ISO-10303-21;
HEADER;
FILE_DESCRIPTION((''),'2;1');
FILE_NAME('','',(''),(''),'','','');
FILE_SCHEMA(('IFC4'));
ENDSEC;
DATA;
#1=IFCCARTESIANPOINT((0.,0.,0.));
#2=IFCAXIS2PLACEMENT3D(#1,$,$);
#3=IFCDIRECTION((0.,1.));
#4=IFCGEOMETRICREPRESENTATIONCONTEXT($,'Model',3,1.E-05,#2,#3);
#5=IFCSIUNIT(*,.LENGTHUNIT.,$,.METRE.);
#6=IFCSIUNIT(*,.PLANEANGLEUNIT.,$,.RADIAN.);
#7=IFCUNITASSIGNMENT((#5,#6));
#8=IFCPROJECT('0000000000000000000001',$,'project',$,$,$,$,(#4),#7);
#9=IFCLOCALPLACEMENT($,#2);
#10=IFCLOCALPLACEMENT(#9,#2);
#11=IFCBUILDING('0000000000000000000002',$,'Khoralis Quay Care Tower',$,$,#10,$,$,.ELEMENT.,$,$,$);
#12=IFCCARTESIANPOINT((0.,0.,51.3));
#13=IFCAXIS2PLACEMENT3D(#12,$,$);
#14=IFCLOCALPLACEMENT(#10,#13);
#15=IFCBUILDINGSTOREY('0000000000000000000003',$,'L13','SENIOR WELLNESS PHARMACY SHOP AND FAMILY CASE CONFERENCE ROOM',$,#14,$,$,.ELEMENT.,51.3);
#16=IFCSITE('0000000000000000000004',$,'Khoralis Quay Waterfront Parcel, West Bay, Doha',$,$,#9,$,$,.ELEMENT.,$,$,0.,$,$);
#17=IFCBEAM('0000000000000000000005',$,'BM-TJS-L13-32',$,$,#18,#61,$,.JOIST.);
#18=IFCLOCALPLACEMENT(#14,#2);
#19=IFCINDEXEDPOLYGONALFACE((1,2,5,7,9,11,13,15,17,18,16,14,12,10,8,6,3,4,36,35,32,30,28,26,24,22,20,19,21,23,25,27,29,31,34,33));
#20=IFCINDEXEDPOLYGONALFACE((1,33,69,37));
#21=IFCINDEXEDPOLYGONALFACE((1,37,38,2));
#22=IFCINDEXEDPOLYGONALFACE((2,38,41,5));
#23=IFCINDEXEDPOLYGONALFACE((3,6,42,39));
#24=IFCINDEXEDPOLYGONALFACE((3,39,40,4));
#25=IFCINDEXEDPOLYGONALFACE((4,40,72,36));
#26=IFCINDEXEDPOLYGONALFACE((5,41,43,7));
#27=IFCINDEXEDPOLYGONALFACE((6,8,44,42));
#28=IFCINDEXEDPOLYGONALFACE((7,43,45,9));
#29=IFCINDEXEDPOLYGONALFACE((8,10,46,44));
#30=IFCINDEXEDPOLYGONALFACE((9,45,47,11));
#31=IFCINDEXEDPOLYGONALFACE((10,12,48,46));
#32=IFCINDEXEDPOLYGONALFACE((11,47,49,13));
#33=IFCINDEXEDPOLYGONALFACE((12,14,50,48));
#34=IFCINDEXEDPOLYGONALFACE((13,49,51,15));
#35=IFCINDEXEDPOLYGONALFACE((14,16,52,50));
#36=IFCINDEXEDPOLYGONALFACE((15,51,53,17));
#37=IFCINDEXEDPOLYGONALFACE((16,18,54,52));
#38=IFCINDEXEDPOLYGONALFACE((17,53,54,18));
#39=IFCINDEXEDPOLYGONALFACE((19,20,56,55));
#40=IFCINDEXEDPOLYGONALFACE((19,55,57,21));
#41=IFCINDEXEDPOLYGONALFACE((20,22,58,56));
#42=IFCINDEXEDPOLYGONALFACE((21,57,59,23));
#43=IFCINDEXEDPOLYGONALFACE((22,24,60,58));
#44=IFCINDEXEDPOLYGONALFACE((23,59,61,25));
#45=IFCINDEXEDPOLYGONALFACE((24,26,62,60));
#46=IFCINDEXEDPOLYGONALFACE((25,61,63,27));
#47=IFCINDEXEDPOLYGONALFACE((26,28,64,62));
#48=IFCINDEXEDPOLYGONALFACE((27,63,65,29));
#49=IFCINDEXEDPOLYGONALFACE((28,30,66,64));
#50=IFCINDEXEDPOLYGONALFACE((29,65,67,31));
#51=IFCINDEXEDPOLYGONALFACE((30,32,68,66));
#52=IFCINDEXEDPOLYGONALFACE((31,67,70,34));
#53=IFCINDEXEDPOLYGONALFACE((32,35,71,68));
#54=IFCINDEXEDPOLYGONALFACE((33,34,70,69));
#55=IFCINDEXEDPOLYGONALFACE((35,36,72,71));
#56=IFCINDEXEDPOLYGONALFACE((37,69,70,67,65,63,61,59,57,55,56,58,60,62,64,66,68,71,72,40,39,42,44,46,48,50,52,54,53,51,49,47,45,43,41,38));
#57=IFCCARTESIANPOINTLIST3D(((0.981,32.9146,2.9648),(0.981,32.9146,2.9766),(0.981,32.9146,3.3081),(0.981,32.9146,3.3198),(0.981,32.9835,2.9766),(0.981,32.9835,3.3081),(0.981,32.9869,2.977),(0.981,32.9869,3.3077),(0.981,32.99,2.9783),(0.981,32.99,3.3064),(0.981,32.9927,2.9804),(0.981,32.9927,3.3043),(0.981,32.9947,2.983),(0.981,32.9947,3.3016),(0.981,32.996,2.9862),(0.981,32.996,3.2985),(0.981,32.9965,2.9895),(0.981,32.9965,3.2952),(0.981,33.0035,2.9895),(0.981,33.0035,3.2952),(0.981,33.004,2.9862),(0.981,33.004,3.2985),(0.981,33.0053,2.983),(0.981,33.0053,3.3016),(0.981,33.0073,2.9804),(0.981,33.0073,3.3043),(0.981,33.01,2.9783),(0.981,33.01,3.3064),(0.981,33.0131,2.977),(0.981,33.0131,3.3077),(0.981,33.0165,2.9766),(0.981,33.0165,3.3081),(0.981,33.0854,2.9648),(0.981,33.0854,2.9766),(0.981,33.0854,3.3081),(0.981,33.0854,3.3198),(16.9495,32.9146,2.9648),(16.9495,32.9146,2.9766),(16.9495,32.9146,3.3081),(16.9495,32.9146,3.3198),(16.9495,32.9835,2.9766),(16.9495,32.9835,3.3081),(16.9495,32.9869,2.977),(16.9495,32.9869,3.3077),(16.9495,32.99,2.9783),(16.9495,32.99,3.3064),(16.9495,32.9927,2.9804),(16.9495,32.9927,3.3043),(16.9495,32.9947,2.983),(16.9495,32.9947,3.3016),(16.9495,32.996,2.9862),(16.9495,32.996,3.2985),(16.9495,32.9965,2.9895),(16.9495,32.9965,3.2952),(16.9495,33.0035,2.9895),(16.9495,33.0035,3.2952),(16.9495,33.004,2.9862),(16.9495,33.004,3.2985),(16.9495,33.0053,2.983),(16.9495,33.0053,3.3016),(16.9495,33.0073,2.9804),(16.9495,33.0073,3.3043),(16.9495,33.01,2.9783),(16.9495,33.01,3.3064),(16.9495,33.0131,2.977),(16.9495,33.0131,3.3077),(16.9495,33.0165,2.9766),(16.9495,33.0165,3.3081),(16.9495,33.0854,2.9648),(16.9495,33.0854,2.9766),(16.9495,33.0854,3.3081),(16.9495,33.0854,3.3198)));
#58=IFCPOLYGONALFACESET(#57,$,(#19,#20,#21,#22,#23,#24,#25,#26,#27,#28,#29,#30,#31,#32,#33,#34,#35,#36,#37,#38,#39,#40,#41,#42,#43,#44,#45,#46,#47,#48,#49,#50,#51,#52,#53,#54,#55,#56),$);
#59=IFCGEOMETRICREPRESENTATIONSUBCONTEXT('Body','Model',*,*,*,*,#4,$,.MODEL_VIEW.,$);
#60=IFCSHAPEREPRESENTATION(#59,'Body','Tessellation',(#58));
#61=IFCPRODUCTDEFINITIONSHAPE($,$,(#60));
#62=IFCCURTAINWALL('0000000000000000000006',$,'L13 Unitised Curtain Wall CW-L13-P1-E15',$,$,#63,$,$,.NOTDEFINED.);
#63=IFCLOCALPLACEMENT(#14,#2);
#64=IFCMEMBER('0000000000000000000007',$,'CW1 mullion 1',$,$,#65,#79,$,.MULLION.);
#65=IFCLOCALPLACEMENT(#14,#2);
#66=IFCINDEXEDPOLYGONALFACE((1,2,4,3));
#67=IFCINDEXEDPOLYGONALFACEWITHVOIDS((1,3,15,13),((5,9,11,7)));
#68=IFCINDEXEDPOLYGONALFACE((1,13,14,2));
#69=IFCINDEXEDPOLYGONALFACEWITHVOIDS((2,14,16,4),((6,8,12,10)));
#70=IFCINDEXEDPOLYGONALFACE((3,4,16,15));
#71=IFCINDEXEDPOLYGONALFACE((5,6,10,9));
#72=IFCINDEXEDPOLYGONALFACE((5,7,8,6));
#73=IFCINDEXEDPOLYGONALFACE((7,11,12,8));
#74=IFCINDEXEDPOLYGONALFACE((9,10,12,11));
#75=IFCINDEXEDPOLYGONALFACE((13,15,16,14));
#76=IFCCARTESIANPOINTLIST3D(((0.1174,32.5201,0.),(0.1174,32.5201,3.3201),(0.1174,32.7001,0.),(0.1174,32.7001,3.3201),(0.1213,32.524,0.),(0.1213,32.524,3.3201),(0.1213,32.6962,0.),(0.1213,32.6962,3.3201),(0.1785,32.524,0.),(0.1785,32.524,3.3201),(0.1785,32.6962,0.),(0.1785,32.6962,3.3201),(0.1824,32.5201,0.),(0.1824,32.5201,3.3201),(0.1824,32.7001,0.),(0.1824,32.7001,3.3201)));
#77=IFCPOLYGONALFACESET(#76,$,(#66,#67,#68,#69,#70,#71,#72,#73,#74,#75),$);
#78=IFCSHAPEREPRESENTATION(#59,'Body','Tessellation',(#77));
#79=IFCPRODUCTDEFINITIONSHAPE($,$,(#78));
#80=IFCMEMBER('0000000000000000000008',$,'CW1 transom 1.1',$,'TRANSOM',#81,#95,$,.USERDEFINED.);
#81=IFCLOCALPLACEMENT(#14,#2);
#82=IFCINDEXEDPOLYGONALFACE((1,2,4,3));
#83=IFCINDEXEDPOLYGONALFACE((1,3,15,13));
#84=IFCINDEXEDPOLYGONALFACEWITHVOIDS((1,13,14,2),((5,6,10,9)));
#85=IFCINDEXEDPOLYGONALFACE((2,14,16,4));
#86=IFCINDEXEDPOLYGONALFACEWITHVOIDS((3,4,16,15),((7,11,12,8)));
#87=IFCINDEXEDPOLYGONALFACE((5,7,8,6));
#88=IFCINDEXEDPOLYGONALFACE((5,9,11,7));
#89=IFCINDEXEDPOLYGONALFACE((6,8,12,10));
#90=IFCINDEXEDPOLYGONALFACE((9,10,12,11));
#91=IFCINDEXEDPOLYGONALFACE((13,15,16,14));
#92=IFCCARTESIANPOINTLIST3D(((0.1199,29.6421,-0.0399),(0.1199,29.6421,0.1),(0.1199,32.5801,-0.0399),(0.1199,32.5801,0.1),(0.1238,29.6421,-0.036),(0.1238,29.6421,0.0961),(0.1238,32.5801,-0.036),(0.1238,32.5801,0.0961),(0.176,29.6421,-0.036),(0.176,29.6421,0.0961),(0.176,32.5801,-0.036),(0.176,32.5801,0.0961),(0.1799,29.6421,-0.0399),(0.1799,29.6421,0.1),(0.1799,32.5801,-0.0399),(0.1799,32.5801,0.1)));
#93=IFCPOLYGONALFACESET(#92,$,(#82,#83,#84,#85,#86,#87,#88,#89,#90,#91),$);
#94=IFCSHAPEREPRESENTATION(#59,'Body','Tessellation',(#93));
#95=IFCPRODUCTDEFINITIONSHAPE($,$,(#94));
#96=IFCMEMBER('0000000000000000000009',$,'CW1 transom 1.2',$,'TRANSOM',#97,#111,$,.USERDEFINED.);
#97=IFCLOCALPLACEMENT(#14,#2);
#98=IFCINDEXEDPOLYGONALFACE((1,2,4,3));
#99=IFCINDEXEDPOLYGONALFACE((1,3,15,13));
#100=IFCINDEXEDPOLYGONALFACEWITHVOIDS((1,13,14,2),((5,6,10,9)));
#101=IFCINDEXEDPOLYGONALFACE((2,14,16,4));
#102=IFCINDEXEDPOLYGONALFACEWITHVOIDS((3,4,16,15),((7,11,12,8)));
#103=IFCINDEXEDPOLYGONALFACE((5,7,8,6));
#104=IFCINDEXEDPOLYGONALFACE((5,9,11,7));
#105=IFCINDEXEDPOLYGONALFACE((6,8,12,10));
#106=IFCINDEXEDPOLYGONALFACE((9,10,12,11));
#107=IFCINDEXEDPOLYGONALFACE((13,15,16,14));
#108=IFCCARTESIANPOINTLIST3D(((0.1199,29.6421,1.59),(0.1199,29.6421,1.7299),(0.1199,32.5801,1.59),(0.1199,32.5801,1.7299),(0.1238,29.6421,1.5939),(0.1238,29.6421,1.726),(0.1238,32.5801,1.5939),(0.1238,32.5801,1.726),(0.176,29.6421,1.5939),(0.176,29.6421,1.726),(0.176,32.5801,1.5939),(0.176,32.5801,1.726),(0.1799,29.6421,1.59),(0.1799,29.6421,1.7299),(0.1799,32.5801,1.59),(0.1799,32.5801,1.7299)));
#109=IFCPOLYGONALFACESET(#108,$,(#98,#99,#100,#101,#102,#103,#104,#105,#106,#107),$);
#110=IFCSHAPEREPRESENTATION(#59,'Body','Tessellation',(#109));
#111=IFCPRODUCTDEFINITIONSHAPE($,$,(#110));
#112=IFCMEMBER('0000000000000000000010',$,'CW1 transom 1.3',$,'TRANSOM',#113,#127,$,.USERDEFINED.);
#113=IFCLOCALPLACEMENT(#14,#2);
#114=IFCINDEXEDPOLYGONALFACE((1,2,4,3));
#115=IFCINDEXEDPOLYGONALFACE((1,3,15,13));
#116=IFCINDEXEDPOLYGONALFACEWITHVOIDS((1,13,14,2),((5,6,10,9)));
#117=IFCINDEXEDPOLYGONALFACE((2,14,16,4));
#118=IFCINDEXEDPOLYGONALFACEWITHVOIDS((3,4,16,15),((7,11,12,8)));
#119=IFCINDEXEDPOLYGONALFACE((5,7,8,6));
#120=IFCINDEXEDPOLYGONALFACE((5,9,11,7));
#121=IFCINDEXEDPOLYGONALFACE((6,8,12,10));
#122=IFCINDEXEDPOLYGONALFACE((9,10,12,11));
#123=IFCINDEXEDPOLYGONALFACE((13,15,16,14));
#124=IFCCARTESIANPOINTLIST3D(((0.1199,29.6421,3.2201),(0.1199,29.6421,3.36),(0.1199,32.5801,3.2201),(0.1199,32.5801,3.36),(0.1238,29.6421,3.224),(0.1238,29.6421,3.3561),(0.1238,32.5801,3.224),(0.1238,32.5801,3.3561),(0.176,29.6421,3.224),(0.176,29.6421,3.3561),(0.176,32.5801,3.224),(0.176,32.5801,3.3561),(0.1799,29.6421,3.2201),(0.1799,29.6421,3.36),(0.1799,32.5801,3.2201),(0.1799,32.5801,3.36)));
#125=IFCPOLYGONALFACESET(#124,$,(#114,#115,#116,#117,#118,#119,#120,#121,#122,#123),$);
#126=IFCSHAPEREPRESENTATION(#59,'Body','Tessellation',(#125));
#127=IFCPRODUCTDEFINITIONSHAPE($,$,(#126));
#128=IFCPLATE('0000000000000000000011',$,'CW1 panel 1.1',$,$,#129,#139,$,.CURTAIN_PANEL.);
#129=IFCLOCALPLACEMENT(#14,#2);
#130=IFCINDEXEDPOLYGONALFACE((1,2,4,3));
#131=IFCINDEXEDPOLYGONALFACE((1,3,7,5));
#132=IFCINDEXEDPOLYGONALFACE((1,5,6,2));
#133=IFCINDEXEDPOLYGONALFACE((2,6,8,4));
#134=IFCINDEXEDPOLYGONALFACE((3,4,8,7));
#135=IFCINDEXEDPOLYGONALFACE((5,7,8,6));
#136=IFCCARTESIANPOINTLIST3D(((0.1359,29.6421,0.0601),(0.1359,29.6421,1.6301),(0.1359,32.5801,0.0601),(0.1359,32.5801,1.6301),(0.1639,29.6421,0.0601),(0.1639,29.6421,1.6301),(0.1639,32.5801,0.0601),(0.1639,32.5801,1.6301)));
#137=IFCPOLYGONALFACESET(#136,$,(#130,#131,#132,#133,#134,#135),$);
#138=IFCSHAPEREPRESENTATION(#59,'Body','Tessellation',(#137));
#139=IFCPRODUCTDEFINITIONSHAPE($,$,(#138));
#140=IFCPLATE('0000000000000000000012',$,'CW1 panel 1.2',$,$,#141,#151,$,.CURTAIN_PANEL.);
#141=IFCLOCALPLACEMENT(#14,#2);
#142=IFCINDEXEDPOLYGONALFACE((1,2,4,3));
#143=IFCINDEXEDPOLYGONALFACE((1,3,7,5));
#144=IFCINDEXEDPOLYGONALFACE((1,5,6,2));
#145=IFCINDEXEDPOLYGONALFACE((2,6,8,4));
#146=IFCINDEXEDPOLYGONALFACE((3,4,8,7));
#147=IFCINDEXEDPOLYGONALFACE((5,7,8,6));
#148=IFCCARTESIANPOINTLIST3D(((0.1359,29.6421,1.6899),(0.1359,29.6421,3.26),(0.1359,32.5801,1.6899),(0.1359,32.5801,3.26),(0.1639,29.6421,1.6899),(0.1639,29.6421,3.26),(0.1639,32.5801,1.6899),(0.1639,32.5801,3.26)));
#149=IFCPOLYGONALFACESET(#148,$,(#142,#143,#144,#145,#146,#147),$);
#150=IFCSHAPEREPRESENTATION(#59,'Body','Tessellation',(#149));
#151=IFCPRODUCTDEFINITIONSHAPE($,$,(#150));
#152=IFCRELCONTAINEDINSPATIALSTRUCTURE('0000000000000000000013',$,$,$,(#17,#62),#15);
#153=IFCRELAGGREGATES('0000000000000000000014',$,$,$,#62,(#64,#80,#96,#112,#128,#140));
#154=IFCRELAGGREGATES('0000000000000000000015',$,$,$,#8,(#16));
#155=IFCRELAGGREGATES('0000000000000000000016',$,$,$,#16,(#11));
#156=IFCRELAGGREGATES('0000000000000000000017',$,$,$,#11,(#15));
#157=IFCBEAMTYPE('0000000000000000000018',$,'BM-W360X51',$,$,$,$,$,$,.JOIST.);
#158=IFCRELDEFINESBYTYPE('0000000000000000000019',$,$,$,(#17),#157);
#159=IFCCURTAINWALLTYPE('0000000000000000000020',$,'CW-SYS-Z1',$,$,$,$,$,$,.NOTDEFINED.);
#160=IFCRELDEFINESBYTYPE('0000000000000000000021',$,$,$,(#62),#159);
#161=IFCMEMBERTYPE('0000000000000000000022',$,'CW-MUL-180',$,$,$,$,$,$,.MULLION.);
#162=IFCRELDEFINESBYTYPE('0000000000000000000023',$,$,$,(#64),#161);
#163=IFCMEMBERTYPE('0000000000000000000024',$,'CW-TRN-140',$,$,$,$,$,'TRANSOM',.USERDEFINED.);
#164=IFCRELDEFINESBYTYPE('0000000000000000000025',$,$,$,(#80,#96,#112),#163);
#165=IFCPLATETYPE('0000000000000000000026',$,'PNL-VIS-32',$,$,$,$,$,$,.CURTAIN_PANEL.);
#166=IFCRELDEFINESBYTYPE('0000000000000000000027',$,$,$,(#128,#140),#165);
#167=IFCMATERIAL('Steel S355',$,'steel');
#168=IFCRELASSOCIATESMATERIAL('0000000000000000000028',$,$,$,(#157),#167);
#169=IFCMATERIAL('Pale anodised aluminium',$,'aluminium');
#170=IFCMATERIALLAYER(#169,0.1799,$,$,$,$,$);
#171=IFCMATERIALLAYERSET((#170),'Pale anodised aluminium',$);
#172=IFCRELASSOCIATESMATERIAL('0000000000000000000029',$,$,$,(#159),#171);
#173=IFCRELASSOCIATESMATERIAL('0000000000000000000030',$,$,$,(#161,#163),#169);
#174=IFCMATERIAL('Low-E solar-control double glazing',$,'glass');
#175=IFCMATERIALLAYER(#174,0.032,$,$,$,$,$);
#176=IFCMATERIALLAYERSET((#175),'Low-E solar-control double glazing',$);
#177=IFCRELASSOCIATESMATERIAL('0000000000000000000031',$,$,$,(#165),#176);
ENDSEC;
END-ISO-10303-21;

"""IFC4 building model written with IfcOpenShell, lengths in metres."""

from ifc_helpers import new_model, si_unit, direction, frame, origin, origin_2d, place, context, subcontext, project, spatial, rectangle, hollow_rectangle, i_section, extrude, source, transform, mapped, material, layer, layer_set, material_profile, profile_set, type_object, element, aggregate, save


model = new_model("IFC4")

# Units and contexts
model_context = context("Model", 3, precision=1e-05, world=origin(), true_north=direction((0.0, 1.0)))
body_context = subcontext(model_context, "Body", "Model", "MODEL_VIEW")
ifc_project = project(units=[si_unit("LENGTHUNIT", "METRE"), si_unit("PLANEANGLEUNIT", "RADIAN")], contexts=[model_context])

# Site, building, storey
site_placement = place(None, origin())
site = spatial("IfcSite", under=ifc_project, at=site_placement, Name="Khoralis Quay Waterfront Parcel, West Bay, Doha", CompositionType="ELEMENT", RefElevation=0.0)
building_placement = place(site_placement, origin())
building = spatial("IfcBuilding", under=site, at=building_placement, Name="Khoralis Quay Care Tower", CompositionType="ELEMENT")
storey_placement = place(building_placement, frame((0.0, 0.0, 51.3)))
storey = spatial("IfcBuildingStorey", under=building, at=storey_placement, Name="L13", Description="SENIOR WELLNESS PHARMACY SHOP AND FAMILY CASE CONFERENCE ROOM", CompositionType="ELEMENT", Elevation=51.3)

# Beam
ifc_material_1 = material(Name="Steel S355", Category="steel")
ifc_material_profile_1 = material_profile(ifc_material_1, i_section(OverallWidth=0.1709, OverallDepth=0.355, WebThickness=0.0071, FlangeThickness=0.0117, FilletRadius=0.0129, at=origin_2d()), Name="Steel S355")
ifc_profile_set_1 = profile_set([ifc_material_profile_1], Name="Steel S355")
beam_type = type_object("IfcBeamType", Name="BM-W360X51", PredefinedType="JOIST", material=ifc_profile_set_1)
shared_shape_1 = source(origin(), body_context, "Body", "SweptSolid", [
    extrude(i_section(OverallWidth=0.1709, OverallDepth=0.355, WebThickness=0.0071, FlangeThickness=0.0117, FilletRadius=0.0129, at=origin_2d()), origin(), (0.0, 0.0, 1.0), 15.9685),
])
beam_placement = place(storey_placement, frame((0.981, 33.0, 3.1423), z_axis=(1.0, 0.0, 0.0), x_axis=(0.0, 1.0, 0.0)))
element("IfcBeam", 1, at=beam_placement, inside=storey, type_object=beam_type, Name="BM-TJS-L13-32", PredefinedType="JOIST", context=body_context, shape_type="MappedRepresentation", body=[
    mapped(shared_shape_1, transform((0.0, 0.0, 0.0), scale=1.0)),
])

# Curtain wall, members, plates
ifc_material_2 = material(Name="Pale anodised aluminium", Category="aluminium")
ifc_layer_1 = layer(ifc_material_2, 0.1799)
ifc_layer_set_1 = layer_set([ifc_layer_1], Name="Pale anodised aluminium")
curtain_wall_type = type_object("IfcCurtainWallType", Name="CW-SYS-Z1", PredefinedType="NOTDEFINED", material=ifc_layer_set_1)
curtain_wall_placement = place(storey_placement, origin())
curtain_wall = element("IfcCurtainWall", 2, at=curtain_wall_placement, inside=storey, type_object=curtain_wall_type, Name="L13 Unitised Curtain Wall CW-L13-P1-E15", PredefinedType="NOTDEFINED")
ifc_material_profile_2 = material_profile(ifc_material_2, hollow_rectangle(XDim=0.0649, YDim=0.1799, WallThickness=0.0039, at=origin_2d()), Name="Pale anodised aluminium")
ifc_profile_set_2 = profile_set([ifc_material_profile_2], Name="Pale anodised aluminium")
member_type_1 = type_object("IfcMemberType", Name="CW-MUL-180", PredefinedType="MULLION", material=ifc_profile_set_2)
shared_shape_2 = source(origin(), body_context, "Body", "SweptSolid", [
    extrude(hollow_rectangle(XDim=0.0649, YDim=0.1799, WallThickness=0.0039, at=origin_2d()), origin(), (0.0, 0.0, 1.0), 3.3201),
])
member_1_placement = place(storey_placement, frame((0.1499, 32.6101, 0.0), z_axis=(0.0, 0.0, 1.0), x_axis=(1.0, 0.0, 0.0)))
member_1 = element("IfcMember", 3, at=member_1_placement, type_object=member_type_1, Name="CW1 mullion 1", PredefinedType="MULLION", context=body_context, shape_type="MappedRepresentation", body=[
    mapped(shared_shape_2, transform((0.0, 0.0, 0.0), scale=1.0)),
])
ifc_material_profile_3 = material_profile(ifc_material_2, hollow_rectangle(XDim=0.0601, YDim=0.1399, WallThickness=0.0039, at=origin_2d()), Name="Pale anodised aluminium")
ifc_profile_set_3 = profile_set([ifc_material_profile_3], Name="Pale anodised aluminium")
member_type_2 = type_object("IfcMemberType", Name="CW-TRN-140", ElementType="TRANSOM", PredefinedType="USERDEFINED", material=ifc_profile_set_3)
shared_shape_3 = source(origin(), body_context, "Body", "SweptSolid", [
    extrude(hollow_rectangle(XDim=0.0601, YDim=0.1399, WallThickness=0.0039, at=origin_2d()), origin(), (0.0, 0.0, 1.0), 2.938),
])
member_2_placement = place(storey_placement, frame((0.1499, 32.5801, 0.03), z_axis=(0.0, -1.0, 0.0), x_axis=(1.0, 0.0, 0.0)))
member_2 = element("IfcMember", 4, at=member_2_placement, type_object=member_type_2, Name="CW1 transom 1.1", ObjectType="TRANSOM", PredefinedType="USERDEFINED", context=body_context, shape_type="MappedRepresentation", body=[
    mapped(shared_shape_3, transform((0.0, 0.0, 0.0), scale=1.0)),
])
member_3_placement = place(storey_placement, frame((0.1499, 32.5801, 1.6599), z_axis=(0.0, -1.0, 0.0), x_axis=(1.0, 0.0, 0.0)))
member_3 = element("IfcMember", 5, at=member_3_placement, type_object=member_type_2, Name="CW1 transom 1.2", ObjectType="TRANSOM", PredefinedType="USERDEFINED", context=body_context, shape_type="MappedRepresentation", body=[
    mapped(shared_shape_3, transform((0.0, 0.0, 0.0), scale=1.0)),
])
member_4_placement = place(storey_placement, frame((0.1499, 32.5801, 3.29), z_axis=(0.0, -1.0, 0.0), x_axis=(1.0, 0.0, 0.0)))
member_4 = element("IfcMember", 6, at=member_4_placement, type_object=member_type_2, Name="CW1 transom 1.3", ObjectType="TRANSOM", PredefinedType="USERDEFINED", context=body_context, shape_type="MappedRepresentation", body=[
    mapped(shared_shape_3, transform((0.0, 0.0, 0.0), scale=1.0)),
])
ifc_material_3 = material(Name="Low-E solar-control double glazing", Category="glass")
ifc_layer_2 = layer(ifc_material_3, 0.032)
ifc_layer_set_2 = layer_set([ifc_layer_2], Name="Low-E solar-control double glazing")
plate_type = type_object("IfcPlateType", Name="PNL-VIS-32", PredefinedType="CURTAIN_PANEL", material=ifc_layer_set_2)
shared_shape_4 = source(origin(), body_context, "Body", "SweptSolid", [
    extrude(rectangle(XDim=2.938, YDim=0.0281, at=origin_2d()), origin(), (0.0, 0.0, 1.0), 1.5701),
])
plate_1_placement = place(storey_placement, frame((0.1499, 31.1111, 0.0601), z_axis=(0.0, 0.0, 1.0), x_axis=(0.0, -1.0, 0.0)))
plate_1 = element("IfcPlate", 7, at=plate_1_placement, type_object=plate_type, Name="CW1 panel 1.1", PredefinedType="CURTAIN_PANEL", context=body_context, shape_type="MappedRepresentation", body=[
    mapped(shared_shape_4, transform((0.0, 0.0, 0.0), scale=1.0)),
])
plate_2_placement = place(storey_placement, frame((0.1499, 31.1111, 1.6899), z_axis=(0.0, 0.0, 1.0), x_axis=(0.0, -1.0, 0.0)))
plate_2 = element("IfcPlate", 8, at=plate_2_placement, type_object=plate_type, Name="CW1 panel 1.2", PredefinedType="CURTAIN_PANEL", context=body_context, shape_type="MappedRepresentation", body=[
    mapped(shared_shape_4, transform((0.0, 0.0, 0.0), scale=1.0)),
])
aggregate(curtain_wall, [member_1, member_2, member_3, member_4, plate_1, plate_2])

save(model, "model.ifc")
